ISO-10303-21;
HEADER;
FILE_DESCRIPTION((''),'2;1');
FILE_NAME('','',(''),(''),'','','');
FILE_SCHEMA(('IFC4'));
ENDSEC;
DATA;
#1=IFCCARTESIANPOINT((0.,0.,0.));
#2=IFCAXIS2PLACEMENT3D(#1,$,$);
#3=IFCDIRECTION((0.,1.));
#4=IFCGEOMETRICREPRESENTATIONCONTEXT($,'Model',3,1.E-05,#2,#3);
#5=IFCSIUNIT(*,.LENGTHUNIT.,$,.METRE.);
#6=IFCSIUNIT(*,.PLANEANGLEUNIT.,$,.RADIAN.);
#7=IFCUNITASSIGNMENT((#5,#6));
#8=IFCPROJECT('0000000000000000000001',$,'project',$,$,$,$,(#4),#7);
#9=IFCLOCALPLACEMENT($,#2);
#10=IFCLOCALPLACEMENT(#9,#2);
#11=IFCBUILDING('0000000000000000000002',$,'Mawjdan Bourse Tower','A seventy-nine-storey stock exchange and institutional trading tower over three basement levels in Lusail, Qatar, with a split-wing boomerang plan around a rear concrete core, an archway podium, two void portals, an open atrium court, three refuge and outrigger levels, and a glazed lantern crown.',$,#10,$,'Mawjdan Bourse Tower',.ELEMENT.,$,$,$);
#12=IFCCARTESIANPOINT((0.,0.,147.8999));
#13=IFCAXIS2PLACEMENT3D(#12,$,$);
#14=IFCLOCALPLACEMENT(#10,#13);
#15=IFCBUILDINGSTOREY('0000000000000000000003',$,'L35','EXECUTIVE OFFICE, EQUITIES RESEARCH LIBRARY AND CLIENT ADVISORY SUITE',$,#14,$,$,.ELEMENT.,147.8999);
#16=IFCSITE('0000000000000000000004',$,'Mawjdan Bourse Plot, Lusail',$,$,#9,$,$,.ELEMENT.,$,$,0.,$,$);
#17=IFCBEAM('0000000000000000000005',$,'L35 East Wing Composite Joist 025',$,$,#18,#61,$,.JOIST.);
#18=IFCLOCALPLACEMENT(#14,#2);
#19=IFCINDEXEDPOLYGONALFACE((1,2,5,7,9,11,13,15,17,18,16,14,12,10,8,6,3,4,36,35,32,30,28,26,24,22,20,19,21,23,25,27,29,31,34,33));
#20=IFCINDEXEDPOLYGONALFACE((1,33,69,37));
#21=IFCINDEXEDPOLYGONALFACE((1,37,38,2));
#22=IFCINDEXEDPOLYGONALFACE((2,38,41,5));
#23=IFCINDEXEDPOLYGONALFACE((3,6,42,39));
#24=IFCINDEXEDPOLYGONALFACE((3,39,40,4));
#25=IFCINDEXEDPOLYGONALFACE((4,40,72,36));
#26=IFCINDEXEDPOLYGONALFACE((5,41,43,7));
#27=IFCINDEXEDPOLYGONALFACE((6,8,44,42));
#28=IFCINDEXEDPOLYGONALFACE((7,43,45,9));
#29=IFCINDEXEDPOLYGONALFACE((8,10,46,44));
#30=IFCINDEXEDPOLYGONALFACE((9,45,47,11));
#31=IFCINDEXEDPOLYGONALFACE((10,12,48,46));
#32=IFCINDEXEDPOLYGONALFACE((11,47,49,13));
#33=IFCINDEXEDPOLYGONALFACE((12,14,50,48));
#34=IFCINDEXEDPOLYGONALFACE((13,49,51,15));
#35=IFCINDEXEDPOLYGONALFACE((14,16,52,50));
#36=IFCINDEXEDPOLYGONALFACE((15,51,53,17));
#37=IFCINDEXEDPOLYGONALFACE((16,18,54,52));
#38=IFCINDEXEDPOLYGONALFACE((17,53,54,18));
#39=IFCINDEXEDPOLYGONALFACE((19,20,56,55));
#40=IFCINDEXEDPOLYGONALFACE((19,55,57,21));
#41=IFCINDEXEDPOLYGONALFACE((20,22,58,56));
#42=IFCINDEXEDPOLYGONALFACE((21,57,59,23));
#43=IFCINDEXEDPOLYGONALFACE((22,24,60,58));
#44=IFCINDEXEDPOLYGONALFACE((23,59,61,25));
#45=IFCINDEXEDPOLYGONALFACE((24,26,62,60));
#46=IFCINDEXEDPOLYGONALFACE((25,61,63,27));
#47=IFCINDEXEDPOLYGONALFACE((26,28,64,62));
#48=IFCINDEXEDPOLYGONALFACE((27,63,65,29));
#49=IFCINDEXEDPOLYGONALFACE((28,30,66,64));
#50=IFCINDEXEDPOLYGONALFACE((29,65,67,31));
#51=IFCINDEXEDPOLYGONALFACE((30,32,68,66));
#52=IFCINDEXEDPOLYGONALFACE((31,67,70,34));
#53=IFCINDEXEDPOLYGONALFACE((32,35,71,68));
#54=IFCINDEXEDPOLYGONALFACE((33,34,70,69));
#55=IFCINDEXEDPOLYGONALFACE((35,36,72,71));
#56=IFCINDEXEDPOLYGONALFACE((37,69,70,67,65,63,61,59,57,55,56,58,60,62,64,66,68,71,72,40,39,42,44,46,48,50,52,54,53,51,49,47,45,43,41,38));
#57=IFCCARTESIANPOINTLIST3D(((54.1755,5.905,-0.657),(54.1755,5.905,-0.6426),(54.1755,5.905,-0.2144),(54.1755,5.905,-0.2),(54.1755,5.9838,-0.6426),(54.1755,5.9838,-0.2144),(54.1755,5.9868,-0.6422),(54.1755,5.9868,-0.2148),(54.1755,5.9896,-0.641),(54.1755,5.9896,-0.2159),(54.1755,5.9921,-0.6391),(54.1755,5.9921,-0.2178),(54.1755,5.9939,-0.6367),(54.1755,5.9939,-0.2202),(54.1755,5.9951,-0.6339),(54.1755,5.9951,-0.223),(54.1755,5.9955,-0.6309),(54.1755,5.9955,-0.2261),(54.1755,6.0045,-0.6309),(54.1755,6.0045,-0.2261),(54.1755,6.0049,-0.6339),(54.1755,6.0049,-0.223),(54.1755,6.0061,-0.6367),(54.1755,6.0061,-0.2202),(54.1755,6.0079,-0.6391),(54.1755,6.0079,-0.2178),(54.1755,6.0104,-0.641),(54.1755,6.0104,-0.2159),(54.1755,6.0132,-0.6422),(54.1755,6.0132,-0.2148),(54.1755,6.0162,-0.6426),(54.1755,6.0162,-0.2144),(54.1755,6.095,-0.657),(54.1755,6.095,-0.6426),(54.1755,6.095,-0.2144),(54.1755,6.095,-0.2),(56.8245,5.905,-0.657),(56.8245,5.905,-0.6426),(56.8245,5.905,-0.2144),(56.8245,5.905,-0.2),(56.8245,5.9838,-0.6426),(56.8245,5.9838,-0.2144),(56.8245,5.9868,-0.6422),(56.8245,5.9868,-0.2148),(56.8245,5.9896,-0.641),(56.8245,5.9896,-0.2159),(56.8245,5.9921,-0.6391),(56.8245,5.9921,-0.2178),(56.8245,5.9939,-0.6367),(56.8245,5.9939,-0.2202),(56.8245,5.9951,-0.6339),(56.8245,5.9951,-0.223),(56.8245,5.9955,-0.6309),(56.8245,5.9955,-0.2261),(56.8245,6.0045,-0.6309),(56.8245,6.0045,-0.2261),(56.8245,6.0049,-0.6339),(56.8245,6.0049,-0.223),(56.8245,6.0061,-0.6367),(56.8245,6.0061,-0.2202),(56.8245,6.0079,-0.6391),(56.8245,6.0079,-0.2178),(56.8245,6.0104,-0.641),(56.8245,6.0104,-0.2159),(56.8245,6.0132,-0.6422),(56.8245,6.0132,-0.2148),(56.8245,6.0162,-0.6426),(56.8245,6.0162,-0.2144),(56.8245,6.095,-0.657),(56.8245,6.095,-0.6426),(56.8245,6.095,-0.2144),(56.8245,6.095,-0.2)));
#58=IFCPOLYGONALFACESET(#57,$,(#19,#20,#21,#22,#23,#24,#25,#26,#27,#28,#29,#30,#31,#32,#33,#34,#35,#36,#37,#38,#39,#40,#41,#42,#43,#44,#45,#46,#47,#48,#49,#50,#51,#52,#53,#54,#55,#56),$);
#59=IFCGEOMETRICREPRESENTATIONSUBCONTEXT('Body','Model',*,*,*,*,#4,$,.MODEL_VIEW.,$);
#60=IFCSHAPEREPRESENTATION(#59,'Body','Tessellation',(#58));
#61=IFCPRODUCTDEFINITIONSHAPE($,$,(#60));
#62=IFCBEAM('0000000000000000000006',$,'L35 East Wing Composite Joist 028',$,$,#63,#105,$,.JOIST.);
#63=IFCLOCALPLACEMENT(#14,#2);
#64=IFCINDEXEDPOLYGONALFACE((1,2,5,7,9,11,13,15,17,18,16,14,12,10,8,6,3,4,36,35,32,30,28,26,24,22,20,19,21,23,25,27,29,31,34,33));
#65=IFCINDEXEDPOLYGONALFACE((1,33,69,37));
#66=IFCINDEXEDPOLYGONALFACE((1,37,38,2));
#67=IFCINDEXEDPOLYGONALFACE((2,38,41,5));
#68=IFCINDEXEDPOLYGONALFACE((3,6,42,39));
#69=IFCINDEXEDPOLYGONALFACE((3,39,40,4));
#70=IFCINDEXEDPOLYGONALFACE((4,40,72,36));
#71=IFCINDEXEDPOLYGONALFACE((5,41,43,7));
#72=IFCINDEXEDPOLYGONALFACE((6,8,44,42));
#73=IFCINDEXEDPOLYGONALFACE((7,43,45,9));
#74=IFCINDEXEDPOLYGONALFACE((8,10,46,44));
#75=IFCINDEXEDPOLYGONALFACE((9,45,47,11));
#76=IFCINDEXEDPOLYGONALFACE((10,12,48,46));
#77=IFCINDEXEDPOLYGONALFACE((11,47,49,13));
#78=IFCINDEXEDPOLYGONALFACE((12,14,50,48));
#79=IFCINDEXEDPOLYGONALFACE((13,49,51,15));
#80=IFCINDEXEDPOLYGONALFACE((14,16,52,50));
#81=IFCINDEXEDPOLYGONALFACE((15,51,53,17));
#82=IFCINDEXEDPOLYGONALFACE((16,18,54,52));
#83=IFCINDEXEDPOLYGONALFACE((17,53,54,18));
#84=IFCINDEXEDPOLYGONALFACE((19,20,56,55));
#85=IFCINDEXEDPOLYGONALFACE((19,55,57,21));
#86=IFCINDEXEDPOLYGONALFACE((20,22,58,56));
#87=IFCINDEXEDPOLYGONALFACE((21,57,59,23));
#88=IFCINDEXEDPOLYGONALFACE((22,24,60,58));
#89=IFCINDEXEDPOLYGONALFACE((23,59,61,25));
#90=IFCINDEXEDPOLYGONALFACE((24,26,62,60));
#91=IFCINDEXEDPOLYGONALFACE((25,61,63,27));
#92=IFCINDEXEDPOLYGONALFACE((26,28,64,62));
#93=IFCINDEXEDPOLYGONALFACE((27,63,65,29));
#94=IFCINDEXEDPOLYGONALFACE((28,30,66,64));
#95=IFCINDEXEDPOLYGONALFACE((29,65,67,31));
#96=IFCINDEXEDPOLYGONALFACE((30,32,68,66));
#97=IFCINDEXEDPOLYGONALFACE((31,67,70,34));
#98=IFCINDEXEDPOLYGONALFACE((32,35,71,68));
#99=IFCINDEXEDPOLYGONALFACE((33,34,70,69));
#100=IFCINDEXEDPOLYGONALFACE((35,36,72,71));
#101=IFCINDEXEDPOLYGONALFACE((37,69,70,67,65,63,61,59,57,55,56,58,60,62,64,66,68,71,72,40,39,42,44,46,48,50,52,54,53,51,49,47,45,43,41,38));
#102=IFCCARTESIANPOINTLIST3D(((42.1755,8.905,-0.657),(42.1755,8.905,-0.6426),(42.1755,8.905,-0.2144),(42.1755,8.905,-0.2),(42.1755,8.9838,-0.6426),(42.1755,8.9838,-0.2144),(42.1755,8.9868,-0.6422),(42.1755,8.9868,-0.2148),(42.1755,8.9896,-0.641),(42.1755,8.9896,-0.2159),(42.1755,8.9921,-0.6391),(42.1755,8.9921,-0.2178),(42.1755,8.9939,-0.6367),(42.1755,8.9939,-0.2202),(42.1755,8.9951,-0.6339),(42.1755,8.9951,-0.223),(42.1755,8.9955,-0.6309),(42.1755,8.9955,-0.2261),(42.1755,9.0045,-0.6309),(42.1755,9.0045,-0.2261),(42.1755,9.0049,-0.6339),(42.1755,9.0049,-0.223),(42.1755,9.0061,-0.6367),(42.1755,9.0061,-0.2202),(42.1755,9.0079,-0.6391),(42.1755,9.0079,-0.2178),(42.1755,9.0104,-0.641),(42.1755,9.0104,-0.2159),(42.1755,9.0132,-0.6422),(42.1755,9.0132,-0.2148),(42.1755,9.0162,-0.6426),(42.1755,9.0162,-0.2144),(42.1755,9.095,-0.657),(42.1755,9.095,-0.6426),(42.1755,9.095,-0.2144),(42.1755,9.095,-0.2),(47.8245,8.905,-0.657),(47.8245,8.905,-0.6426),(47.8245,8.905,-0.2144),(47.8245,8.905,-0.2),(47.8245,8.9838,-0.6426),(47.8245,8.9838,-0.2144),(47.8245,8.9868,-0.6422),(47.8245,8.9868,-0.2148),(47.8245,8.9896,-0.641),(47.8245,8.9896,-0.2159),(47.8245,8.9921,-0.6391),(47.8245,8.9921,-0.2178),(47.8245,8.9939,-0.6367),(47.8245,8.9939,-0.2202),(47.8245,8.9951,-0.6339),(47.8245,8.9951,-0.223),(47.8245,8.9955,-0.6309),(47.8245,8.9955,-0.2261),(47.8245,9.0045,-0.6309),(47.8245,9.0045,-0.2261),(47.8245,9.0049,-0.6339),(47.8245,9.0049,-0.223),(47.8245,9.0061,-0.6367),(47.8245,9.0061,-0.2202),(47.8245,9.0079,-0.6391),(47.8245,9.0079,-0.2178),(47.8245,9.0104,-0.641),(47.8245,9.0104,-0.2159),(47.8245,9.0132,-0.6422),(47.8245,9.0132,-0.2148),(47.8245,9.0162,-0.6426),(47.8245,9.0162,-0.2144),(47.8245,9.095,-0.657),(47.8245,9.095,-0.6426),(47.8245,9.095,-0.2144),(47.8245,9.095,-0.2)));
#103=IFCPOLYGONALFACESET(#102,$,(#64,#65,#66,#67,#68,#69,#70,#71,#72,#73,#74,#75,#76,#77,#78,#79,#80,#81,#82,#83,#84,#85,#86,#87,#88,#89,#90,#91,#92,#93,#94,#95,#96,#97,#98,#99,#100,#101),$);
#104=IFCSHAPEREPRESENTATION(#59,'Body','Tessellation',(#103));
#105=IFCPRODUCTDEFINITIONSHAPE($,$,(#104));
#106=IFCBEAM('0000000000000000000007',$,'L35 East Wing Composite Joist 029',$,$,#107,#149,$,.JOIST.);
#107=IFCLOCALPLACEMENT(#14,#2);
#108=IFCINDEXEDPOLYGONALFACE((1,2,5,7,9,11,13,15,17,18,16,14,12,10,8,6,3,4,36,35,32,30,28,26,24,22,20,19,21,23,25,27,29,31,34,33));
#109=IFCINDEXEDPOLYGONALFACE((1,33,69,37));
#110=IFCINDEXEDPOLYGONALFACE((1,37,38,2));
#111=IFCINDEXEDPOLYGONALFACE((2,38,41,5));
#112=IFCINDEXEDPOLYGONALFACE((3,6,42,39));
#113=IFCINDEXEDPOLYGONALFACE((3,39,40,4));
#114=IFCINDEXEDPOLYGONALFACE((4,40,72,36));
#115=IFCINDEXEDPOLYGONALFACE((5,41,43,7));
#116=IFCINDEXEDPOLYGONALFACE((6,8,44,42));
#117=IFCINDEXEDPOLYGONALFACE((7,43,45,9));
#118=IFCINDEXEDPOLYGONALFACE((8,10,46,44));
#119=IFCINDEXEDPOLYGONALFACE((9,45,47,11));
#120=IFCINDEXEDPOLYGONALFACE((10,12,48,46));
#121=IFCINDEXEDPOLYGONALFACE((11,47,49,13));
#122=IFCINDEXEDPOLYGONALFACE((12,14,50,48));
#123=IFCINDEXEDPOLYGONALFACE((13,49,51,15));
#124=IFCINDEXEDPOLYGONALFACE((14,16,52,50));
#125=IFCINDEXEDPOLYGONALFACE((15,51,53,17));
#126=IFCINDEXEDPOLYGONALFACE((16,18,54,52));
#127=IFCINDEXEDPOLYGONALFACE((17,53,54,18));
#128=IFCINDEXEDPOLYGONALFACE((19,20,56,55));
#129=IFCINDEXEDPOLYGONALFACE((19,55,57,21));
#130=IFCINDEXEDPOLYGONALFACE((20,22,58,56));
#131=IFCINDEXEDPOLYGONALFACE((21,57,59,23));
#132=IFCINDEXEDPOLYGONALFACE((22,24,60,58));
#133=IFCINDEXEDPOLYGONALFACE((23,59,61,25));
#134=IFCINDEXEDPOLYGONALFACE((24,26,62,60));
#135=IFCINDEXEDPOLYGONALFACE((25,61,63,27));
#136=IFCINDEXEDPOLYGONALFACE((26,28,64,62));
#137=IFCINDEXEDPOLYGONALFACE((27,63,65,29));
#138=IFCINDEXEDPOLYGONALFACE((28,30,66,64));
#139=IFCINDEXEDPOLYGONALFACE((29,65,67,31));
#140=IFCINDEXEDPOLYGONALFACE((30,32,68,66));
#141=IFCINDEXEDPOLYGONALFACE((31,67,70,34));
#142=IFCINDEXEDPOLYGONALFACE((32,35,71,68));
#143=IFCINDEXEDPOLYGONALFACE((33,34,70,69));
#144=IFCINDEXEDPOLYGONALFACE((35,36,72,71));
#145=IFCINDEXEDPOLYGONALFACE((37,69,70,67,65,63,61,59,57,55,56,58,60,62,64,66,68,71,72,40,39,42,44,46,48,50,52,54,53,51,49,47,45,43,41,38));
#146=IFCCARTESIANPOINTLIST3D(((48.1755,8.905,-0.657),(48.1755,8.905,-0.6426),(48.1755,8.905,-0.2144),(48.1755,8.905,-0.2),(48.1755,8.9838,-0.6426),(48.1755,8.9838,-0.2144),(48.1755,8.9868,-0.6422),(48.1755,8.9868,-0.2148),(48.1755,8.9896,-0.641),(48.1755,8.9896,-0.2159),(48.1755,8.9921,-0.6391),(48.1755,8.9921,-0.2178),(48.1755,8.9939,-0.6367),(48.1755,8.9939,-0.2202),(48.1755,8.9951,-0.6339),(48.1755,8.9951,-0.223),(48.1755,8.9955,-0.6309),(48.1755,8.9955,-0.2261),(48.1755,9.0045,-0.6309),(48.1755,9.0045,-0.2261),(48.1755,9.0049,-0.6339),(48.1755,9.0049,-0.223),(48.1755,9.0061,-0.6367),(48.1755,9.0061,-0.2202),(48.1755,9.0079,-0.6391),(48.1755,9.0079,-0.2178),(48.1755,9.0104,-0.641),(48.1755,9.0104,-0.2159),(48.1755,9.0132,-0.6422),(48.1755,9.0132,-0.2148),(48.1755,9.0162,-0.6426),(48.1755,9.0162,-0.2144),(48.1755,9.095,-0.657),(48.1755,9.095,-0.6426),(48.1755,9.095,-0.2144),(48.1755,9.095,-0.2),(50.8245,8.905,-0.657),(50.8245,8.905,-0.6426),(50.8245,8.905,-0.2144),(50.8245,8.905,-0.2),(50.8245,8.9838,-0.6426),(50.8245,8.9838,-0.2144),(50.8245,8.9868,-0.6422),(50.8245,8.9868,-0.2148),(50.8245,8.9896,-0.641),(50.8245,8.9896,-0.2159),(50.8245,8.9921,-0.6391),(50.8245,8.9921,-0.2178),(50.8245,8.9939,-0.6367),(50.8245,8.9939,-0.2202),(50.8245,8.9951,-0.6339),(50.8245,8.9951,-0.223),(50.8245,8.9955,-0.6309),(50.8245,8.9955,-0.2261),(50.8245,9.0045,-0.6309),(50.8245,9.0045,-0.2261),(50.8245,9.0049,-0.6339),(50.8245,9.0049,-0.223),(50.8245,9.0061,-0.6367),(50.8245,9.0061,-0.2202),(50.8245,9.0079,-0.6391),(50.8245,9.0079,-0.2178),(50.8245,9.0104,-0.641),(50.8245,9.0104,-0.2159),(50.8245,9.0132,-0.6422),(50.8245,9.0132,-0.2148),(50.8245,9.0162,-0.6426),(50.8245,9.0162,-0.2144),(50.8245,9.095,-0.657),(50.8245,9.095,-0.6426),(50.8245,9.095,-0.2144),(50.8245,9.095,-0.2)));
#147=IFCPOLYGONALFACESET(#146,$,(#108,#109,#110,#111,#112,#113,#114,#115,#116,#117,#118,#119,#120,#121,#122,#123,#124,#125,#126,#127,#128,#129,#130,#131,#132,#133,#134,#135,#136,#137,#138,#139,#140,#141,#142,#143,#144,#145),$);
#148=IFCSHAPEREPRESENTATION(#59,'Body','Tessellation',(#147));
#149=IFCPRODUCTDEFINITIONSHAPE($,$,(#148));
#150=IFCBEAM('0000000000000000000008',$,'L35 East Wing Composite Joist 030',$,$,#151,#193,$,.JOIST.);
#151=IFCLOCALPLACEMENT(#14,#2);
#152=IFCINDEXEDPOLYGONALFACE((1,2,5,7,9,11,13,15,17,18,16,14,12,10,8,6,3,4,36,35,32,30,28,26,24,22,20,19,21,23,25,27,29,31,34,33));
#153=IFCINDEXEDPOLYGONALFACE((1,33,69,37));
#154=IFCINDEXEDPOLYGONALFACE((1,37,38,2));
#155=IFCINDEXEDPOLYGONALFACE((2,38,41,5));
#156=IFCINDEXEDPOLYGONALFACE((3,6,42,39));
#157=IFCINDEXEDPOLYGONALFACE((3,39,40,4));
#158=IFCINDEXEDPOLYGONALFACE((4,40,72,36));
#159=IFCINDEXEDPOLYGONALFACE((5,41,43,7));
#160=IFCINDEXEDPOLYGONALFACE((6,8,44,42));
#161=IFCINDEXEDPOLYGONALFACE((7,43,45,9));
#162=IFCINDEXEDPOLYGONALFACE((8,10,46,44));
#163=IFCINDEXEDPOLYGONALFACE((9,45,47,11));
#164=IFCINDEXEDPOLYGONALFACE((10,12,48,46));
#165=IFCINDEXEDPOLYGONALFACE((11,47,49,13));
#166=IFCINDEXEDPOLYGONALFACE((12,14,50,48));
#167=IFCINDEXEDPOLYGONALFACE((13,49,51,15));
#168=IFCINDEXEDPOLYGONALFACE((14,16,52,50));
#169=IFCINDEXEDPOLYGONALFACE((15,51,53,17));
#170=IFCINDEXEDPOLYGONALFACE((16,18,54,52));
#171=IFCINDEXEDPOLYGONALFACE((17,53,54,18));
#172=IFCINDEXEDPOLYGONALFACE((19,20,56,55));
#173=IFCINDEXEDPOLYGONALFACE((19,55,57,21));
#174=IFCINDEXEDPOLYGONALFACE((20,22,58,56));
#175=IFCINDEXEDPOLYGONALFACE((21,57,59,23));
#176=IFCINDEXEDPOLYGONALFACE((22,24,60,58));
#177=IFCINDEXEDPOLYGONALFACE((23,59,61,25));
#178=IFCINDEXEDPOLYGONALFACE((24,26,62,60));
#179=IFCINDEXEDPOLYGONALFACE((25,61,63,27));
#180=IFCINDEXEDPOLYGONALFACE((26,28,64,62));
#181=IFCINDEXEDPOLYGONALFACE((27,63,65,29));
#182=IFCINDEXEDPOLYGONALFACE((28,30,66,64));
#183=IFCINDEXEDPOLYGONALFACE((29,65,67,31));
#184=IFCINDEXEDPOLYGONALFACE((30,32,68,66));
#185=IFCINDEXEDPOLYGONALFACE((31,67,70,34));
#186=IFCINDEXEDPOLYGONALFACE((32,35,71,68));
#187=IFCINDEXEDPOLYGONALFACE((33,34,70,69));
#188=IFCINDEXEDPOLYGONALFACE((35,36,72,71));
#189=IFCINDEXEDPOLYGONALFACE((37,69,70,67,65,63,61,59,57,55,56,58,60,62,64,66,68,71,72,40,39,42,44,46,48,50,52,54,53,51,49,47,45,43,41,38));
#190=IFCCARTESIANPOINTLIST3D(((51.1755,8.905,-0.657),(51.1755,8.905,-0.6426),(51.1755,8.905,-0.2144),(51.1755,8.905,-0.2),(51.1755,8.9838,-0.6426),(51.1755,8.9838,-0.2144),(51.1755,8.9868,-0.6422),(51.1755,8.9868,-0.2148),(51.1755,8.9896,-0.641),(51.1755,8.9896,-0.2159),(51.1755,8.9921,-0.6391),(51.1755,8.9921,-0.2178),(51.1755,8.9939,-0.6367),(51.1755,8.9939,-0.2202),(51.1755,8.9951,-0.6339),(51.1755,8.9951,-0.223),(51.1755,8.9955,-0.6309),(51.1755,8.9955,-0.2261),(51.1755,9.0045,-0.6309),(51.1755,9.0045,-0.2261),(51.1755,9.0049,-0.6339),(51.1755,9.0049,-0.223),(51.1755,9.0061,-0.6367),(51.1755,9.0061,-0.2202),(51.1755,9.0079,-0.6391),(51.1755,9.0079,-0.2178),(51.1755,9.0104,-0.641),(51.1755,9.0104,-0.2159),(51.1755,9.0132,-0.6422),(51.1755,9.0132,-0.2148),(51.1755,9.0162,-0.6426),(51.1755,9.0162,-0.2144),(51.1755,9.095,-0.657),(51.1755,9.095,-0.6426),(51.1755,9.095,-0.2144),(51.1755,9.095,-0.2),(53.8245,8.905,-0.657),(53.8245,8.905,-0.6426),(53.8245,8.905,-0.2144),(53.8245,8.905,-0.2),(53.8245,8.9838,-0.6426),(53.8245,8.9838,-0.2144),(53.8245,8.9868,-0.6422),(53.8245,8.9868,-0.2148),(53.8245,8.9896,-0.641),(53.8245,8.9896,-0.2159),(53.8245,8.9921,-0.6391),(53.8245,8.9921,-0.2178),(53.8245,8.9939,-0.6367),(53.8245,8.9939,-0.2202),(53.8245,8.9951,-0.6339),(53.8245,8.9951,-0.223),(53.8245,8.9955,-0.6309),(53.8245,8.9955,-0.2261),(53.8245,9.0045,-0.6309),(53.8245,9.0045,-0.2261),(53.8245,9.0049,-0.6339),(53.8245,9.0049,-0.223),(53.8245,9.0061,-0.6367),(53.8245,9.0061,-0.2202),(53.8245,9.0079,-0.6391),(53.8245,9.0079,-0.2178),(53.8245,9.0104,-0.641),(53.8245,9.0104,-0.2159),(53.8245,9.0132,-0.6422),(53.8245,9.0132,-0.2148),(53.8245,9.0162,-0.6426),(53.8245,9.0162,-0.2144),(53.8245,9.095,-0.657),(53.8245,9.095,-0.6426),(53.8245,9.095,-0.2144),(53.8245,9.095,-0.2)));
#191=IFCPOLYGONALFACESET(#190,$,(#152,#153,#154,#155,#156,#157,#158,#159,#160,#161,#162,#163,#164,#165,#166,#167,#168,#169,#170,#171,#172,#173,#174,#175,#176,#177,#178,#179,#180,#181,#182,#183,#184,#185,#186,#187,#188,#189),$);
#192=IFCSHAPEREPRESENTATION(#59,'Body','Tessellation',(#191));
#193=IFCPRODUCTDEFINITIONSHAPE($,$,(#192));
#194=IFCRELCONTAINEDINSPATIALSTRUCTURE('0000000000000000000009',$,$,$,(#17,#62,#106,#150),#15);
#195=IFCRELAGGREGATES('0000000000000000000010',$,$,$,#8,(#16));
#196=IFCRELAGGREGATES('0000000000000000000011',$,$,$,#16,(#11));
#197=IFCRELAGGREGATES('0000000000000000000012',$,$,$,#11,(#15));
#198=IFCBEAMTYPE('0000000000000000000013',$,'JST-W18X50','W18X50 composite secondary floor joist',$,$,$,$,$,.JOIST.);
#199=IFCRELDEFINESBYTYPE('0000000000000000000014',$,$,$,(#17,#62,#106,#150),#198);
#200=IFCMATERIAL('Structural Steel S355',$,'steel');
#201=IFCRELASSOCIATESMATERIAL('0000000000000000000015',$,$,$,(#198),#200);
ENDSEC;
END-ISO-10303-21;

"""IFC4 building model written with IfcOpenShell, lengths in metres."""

from ifc_helpers import new_model, si_unit, direction, frame, origin, origin_2d, place, context, subcontext, project, spatial, i_section, extrude, material, material_profile, profile_set, type_object, element, save


model = new_model("IFC4")

# Units and contexts
model_context = context("Model", 3, precision=1e-05, world=origin(), true_north=direction((0.0, 1.0)))
body_context = subcontext(model_context, "Body", "Model", "MODEL_VIEW")
ifc_project = project(units=[si_unit("LENGTHUNIT", "METRE"), si_unit("PLANEANGLEUNIT", "RADIAN")], contexts=[model_context])

# Site, building, storey
site_placement = place(None, origin())
site = spatial("IfcSite", under=ifc_project, at=site_placement, Name="Mawjdan Bourse Plot, Lusail", CompositionType="ELEMENT", RefElevation=0.0)
building_placement = place(site_placement, origin())
building = spatial("IfcBuilding", under=site, at=building_placement, Name="Mawjdan Bourse Tower", Description="A seventy-nine-storey stock exchange and institutional trading tower over three basement levels in Lusail, Qatar, with a split-wing boomerang plan around a rear concrete core, an archway podium, two void portals, an open atrium court, three refuge and outrigger levels, and a glazed lantern crown.", LongName="Mawjdan Bourse Tower", CompositionType="ELEMENT")
storey_placement = place(building_placement, frame((0.0, 0.0, 147.8999)))
storey = spatial("IfcBuildingStorey", under=building, at=storey_placement, Name="L35", Description="EXECUTIVE OFFICE, EQUITIES RESEARCH LIBRARY AND CLIENT ADVISORY SUITE", CompositionType="ELEMENT", Elevation=147.8999)

# Beams
ifc_material_1 = material(Name="Structural Steel S355", Category="steel")
ifc_material_profile_1 = material_profile(ifc_material_1, i_section(OverallWidth=0.1899, OverallDepth=0.457, WebThickness=0.009, FlangeThickness=0.0144, FilletRadius=0.0117, at=origin_2d()), Name="W18X50")
ifc_profile_set_1 = profile_set([ifc_material_profile_1], Name="Structural Steel S355")
beam_type_1 = type_object("IfcBeamType", Name="JST-W18X50", Description="W18X50 composite secondary floor joist", PredefinedType="JOIST", material=ifc_profile_set_1)
for number, where, z_axis, x_axis, name in (
    (1, (54.1755, 6.0, -0.4285), (1.0, 0.0, 0.0), (0.0, 1.0, 0.0), "L35 East Wing Composite Joist 025"),
):
    element("IfcBeam", number, at=place(storey_placement, frame(where, z_axis=z_axis, x_axis=x_axis)), inside=storey, type_object=beam_type_1, Name=name, PredefinedType="JOIST", context=body_context, shape_type="SweptSolid", body=[
        extrude(i_section(OverallWidth=0.1899, OverallDepth=0.457, WebThickness=0.009, FlangeThickness=0.0144, FilletRadius=0.0117, at=origin_2d()), origin(), (0.0, 0.0, 1.0), 2.6489),
    ])
beam_1_placement = place(storey_placement, frame((42.1755, 9.0, -0.4285), z_axis=(1.0, 0.0, 0.0), x_axis=(0.0, 1.0, 0.0)))
element("IfcBeam", 2, at=beam_1_placement, inside=storey, type_object=beam_type_1, Name="L35 East Wing Composite Joist 028", PredefinedType="JOIST", context=body_context, shape_type="SweptSolid", body=[
    extrude(i_section(OverallWidth=0.1899, OverallDepth=0.457, WebThickness=0.009, FlangeThickness=0.0144, FilletRadius=0.0117, at=origin_2d()), origin(), (0.0, 0.0, 1.0), 5.6489),
])
for number, where, z_axis, x_axis, name in (
    (3, (48.1755, 9.0, -0.4285), (1.0, 0.0, 0.0), (0.0, 1.0, 0.0), "L35 East Wing Composite Joist 029"),
    (4, (51.1755, 9.0, -0.4285), (1.0, 0.0, 0.0), (0.0, 1.0, 0.0), "L35 East Wing Composite Joist 030"),
):
    element("IfcBeam", number, at=place(storey_placement, frame(where, z_axis=z_axis, x_axis=x_axis)), inside=storey, type_object=beam_type_1, Name=name, PredefinedType="JOIST", context=body_context, shape_type="SweptSolid", body=[
        extrude(i_section(OverallWidth=0.1899, OverallDepth=0.457, WebThickness=0.009, FlangeThickness=0.0144, FilletRadius=0.0117, at=origin_2d()), origin(), (0.0, 0.0, 1.0), 2.6489),
    ])

save(model, "model.ifc")
